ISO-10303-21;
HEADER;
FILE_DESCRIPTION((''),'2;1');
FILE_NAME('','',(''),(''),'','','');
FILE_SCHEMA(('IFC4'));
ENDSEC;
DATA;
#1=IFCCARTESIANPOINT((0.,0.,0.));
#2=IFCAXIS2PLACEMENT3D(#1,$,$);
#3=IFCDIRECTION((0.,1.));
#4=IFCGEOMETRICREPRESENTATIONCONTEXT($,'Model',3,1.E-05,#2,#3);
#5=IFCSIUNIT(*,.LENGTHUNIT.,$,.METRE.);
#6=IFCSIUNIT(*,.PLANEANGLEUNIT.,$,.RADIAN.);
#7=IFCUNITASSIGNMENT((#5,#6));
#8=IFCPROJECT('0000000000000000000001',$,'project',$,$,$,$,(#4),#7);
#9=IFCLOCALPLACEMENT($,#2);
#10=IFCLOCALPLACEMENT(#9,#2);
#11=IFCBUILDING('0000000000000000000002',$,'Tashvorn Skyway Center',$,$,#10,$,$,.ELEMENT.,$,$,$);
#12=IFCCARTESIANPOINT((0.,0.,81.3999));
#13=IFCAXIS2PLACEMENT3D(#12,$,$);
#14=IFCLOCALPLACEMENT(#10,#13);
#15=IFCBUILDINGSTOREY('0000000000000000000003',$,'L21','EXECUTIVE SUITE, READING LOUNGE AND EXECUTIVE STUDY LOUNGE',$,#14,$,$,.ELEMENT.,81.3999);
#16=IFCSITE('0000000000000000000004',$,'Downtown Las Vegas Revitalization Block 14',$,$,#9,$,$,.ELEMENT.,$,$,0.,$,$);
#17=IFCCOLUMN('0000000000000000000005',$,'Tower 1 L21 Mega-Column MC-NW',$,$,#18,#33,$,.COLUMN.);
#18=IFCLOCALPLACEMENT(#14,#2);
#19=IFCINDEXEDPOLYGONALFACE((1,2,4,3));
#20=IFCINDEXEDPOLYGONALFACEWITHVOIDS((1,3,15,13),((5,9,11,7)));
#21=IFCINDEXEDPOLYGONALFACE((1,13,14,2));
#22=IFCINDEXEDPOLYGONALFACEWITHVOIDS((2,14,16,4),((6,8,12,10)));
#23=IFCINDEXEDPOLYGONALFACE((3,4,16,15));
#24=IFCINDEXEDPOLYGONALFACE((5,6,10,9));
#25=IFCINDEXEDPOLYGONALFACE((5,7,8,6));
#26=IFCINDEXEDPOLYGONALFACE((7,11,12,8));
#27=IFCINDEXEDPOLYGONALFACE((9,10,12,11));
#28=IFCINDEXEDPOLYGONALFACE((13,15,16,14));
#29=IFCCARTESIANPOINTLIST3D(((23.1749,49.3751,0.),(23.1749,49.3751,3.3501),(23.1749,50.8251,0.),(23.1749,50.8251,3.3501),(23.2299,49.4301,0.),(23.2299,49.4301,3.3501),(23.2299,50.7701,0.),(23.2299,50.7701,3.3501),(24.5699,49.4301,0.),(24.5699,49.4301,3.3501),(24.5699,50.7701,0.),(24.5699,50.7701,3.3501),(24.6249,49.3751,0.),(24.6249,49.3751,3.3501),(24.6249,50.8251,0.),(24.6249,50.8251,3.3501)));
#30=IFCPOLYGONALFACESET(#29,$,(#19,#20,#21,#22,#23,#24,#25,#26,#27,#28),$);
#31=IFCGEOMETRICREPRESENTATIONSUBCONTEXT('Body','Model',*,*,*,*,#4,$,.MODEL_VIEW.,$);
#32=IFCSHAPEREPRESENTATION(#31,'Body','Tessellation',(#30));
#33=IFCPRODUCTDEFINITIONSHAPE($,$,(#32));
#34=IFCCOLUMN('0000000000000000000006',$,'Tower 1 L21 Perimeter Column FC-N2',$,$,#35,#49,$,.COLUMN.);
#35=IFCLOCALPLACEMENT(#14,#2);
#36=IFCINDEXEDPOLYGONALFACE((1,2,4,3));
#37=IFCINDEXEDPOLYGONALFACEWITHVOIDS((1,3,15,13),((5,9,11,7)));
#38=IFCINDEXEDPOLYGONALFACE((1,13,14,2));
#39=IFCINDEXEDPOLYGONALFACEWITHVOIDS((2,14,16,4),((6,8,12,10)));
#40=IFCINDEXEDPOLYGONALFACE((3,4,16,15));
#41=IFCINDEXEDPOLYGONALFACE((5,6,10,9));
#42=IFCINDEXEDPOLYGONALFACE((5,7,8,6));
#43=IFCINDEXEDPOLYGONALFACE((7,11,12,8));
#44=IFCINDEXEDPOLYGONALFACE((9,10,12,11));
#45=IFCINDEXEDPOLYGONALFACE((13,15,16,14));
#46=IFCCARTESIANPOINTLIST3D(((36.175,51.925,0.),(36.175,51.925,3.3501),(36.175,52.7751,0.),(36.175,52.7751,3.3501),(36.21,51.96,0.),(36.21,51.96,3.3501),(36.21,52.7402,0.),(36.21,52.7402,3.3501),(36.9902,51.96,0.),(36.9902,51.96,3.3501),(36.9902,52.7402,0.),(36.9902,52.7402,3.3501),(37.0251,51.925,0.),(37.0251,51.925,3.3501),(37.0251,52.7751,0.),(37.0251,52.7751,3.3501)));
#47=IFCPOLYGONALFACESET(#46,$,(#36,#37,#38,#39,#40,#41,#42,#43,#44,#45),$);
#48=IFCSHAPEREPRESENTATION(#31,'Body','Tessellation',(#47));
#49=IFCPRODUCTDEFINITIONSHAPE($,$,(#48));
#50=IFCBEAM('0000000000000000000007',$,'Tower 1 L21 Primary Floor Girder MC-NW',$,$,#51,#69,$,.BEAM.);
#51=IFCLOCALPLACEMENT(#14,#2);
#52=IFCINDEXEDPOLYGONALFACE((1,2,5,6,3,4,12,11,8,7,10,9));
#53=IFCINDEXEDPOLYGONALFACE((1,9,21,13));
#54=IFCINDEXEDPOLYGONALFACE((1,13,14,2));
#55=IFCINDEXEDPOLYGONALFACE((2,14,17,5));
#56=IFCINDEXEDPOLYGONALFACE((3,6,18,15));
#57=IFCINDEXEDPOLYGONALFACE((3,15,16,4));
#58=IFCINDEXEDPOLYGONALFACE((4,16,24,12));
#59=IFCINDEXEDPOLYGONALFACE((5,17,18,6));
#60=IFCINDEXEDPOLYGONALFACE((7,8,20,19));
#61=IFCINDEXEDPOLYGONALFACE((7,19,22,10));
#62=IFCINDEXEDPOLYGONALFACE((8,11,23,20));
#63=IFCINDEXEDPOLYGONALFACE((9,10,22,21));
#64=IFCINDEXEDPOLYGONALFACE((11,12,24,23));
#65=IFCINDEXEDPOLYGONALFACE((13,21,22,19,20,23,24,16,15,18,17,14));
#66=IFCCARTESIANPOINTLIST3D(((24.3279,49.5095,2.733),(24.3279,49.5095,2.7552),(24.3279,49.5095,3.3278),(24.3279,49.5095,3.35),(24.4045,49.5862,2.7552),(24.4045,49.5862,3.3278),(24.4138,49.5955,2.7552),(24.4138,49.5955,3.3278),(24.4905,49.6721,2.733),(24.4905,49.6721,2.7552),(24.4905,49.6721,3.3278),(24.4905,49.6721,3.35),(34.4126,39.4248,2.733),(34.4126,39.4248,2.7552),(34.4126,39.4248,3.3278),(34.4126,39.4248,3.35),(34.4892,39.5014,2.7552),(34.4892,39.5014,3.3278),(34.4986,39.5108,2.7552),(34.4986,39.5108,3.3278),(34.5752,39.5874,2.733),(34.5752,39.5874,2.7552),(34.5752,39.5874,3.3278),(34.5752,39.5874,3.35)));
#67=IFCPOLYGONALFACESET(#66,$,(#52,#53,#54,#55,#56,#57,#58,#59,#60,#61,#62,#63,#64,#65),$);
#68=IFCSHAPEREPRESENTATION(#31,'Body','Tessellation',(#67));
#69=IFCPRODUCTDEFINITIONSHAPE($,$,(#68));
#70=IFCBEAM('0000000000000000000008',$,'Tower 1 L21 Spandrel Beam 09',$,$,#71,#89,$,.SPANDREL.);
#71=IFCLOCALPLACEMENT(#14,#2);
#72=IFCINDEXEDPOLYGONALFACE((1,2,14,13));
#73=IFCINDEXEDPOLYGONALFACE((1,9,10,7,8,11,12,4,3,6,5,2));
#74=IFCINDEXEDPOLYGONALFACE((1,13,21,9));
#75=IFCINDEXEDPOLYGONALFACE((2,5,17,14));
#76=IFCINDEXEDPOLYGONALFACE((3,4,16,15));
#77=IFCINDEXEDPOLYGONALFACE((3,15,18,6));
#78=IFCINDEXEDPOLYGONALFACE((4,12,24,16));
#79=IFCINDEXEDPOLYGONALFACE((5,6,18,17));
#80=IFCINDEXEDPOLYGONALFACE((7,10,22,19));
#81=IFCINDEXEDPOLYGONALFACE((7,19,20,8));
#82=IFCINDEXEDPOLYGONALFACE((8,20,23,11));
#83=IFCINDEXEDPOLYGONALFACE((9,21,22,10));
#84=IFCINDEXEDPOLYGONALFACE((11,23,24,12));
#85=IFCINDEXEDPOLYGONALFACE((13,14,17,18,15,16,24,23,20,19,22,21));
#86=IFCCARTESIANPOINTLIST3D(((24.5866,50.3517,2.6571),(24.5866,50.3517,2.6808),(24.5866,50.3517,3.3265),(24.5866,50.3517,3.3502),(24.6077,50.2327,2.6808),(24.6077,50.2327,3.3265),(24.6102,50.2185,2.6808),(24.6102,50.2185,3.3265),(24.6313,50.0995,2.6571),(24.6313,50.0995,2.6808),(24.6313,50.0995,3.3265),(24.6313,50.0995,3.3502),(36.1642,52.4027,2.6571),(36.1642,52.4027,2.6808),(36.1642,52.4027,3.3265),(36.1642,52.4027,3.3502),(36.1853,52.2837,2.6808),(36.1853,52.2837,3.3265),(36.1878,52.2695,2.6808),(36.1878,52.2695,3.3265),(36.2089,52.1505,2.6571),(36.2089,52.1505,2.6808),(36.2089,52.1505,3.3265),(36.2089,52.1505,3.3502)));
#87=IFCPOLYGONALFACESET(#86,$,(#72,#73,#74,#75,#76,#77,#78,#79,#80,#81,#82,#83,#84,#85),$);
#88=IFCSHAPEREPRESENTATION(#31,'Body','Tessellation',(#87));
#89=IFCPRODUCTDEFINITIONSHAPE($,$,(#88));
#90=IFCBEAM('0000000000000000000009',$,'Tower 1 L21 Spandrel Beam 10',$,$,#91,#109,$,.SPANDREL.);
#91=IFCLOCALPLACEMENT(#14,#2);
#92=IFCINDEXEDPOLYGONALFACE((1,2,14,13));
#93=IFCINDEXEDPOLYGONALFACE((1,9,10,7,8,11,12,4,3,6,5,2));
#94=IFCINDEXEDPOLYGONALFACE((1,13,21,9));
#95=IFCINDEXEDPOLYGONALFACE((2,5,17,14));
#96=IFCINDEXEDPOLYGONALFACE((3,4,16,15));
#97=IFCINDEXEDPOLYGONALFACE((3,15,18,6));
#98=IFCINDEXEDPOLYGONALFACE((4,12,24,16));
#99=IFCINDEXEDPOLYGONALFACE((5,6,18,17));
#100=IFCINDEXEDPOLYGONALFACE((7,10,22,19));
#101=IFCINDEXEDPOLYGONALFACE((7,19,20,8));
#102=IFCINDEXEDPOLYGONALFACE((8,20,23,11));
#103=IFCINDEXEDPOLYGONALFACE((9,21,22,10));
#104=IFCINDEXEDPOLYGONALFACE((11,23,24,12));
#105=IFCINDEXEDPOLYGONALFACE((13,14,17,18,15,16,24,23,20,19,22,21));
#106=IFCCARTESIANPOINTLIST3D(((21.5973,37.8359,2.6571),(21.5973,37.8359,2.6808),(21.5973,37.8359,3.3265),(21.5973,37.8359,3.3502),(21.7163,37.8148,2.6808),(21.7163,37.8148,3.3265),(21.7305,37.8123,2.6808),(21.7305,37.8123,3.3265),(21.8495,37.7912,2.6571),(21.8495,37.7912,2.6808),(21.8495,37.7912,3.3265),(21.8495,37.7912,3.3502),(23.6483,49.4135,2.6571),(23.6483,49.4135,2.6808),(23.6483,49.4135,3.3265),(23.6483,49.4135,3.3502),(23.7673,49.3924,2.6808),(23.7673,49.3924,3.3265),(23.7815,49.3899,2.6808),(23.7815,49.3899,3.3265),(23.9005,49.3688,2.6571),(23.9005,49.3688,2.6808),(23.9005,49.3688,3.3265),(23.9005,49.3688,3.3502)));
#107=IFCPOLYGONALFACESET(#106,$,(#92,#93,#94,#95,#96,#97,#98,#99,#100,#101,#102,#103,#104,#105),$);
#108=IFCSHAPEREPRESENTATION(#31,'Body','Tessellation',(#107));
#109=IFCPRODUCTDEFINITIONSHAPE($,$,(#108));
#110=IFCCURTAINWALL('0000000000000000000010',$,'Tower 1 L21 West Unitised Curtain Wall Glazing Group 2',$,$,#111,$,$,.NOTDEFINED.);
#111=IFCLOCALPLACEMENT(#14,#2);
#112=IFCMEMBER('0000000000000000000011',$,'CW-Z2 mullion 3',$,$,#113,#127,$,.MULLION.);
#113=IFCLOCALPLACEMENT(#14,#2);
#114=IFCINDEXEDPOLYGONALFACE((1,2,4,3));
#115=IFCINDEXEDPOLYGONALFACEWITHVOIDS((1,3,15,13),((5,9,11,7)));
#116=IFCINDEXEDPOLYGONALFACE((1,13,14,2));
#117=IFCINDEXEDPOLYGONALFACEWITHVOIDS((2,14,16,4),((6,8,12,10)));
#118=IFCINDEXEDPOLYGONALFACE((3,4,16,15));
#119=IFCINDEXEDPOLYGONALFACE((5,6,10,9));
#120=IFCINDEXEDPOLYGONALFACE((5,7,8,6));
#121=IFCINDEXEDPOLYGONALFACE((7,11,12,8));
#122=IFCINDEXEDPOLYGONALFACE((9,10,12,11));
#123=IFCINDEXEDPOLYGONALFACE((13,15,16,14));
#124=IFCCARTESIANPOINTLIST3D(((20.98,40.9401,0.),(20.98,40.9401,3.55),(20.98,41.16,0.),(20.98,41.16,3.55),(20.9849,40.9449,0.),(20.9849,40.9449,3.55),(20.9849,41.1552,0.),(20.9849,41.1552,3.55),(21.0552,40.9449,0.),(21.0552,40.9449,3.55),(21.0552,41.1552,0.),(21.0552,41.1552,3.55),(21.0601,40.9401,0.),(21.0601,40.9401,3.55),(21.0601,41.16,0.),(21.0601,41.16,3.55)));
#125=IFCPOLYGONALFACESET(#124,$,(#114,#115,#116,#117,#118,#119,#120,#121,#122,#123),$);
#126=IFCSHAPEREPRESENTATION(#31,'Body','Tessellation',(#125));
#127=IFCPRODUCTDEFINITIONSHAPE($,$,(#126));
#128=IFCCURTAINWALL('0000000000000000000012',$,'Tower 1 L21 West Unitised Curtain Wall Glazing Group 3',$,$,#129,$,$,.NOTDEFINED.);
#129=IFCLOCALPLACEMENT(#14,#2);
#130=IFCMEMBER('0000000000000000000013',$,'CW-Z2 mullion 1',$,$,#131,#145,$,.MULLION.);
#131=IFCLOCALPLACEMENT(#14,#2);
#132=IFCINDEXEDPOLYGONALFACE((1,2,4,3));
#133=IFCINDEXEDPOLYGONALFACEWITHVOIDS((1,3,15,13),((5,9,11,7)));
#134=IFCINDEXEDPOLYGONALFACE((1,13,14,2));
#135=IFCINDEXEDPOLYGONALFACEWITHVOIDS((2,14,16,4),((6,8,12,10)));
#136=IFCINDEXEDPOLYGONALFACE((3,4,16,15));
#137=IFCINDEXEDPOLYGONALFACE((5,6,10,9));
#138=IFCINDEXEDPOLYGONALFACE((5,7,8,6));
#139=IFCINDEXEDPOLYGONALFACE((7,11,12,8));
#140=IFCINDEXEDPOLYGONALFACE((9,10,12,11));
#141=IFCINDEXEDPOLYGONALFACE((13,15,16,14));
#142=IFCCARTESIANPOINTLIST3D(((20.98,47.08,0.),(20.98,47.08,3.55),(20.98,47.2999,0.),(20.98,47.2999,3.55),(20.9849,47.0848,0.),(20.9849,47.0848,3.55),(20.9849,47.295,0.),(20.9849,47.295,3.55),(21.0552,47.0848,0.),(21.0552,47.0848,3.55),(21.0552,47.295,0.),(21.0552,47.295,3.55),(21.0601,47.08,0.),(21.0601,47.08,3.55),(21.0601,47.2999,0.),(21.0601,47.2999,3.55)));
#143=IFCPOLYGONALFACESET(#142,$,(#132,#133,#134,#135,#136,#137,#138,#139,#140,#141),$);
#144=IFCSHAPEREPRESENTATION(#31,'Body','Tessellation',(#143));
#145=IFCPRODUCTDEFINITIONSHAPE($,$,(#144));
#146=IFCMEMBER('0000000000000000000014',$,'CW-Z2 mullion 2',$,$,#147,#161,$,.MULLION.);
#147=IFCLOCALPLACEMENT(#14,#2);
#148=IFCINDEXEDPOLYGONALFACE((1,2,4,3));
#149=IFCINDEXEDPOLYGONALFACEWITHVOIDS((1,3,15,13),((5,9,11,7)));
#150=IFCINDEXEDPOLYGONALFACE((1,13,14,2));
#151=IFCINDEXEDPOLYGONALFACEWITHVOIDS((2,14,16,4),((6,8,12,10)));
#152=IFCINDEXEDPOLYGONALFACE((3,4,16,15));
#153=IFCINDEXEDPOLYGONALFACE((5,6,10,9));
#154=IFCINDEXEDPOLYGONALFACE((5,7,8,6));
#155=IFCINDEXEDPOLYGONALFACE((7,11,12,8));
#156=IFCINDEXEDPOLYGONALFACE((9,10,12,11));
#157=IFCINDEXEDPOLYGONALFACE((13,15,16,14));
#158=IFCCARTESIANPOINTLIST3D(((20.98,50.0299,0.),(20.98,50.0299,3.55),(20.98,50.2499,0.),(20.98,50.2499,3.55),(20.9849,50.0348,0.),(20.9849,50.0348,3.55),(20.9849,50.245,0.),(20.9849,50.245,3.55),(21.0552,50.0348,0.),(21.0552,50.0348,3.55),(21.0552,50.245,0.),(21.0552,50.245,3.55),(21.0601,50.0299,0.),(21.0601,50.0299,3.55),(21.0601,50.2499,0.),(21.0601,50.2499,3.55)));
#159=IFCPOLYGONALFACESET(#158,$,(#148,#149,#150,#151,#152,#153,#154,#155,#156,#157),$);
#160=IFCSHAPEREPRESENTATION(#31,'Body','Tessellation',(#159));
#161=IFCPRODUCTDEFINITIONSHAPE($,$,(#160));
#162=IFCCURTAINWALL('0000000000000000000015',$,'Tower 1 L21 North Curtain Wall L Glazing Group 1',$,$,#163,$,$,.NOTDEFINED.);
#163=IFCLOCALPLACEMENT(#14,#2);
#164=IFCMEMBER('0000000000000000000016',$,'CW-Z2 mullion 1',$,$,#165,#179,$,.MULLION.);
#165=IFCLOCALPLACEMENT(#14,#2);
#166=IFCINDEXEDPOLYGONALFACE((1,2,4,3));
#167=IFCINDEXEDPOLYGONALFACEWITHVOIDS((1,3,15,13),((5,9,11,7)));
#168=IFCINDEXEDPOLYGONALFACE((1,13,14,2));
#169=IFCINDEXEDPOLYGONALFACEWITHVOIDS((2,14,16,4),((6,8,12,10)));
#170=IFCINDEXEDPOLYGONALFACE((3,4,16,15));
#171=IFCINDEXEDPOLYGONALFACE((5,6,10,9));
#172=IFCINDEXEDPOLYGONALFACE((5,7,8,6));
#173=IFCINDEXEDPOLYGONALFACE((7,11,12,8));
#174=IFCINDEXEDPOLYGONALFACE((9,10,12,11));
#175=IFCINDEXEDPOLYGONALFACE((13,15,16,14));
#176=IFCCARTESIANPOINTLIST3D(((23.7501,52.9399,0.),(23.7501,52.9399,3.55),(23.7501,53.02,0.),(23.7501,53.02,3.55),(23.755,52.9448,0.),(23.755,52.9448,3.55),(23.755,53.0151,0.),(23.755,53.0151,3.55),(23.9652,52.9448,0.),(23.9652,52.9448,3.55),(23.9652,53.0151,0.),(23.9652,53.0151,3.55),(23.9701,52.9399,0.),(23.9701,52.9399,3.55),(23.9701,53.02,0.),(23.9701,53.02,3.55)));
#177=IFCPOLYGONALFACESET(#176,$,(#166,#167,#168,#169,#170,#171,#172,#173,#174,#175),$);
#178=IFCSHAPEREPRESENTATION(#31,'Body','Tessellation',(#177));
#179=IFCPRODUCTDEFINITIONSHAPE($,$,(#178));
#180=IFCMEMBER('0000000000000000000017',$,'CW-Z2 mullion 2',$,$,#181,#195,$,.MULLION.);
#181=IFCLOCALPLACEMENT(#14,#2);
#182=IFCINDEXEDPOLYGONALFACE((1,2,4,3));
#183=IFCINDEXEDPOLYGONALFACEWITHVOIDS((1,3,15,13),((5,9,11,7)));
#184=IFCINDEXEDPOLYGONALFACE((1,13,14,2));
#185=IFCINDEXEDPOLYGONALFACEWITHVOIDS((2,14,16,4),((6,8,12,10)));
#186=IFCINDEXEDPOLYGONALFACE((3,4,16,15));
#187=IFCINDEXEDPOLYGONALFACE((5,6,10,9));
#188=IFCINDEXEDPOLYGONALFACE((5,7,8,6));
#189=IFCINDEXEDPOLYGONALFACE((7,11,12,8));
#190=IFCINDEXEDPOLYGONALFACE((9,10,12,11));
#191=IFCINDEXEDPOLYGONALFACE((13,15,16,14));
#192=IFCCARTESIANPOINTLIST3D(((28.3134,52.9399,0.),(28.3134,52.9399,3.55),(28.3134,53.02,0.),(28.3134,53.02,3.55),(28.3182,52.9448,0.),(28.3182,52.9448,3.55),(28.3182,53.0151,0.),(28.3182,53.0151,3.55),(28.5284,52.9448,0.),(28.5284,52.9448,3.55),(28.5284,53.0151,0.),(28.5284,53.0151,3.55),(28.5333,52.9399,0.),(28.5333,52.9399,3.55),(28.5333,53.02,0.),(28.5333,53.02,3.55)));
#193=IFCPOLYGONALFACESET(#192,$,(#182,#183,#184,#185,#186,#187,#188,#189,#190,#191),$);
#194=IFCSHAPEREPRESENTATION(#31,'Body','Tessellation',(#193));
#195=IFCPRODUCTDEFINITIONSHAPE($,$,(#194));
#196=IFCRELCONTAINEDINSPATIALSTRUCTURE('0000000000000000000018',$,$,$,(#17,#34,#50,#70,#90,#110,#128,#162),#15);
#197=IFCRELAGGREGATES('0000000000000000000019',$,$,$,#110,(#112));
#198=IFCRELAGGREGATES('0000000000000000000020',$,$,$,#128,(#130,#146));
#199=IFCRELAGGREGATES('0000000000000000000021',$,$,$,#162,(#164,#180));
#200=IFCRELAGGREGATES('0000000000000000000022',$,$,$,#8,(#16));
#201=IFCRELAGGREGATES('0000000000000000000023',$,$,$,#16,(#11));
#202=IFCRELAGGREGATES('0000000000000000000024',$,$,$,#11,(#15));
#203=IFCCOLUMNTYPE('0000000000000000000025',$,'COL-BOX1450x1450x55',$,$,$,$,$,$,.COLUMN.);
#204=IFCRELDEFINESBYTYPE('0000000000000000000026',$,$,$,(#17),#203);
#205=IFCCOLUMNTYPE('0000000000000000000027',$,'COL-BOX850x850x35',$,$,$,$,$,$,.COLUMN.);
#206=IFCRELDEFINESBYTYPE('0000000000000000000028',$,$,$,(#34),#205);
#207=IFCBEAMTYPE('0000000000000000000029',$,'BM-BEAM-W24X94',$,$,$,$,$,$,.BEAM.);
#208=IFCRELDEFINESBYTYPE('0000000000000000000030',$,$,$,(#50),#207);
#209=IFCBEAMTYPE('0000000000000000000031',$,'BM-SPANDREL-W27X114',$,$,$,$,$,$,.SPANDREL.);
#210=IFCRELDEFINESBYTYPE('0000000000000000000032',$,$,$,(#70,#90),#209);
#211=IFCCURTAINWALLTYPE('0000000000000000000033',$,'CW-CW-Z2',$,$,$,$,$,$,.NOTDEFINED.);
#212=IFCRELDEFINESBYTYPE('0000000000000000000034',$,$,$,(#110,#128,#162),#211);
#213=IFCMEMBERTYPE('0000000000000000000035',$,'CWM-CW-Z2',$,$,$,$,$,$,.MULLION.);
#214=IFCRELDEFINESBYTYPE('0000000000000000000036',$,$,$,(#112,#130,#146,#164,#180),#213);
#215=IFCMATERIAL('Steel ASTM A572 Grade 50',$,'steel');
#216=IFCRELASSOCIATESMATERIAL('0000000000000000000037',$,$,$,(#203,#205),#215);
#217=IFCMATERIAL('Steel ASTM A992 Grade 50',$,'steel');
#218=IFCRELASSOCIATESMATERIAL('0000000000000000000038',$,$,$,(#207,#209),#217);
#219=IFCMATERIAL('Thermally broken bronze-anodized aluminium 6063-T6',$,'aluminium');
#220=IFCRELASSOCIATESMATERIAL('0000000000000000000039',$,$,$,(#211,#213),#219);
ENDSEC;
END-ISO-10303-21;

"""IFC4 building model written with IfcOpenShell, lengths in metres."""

from ifc_helpers import new_model, si_unit, direction, frame, origin, origin_2d, place, context, subcontext, project, spatial, hollow_rectangle, i_section, extrude, material, material_profile, profile_set, type_object, element, aggregate, save


model = new_model("IFC4")

# Units and contexts
model_context = context("Model", 3, precision=1e-05, world=origin(), true_north=direction((0.0, 1.0)))
body_context = subcontext(model_context, "Body", "Model", "MODEL_VIEW")
ifc_project = project(units=[si_unit("LENGTHUNIT", "METRE"), si_unit("PLANEANGLEUNIT", "RADIAN")], contexts=[model_context])

# Site, building, storey
site_placement = place(None, origin())
site = spatial("IfcSite", under=ifc_project, at=site_placement, Name="Downtown Las Vegas Revitalization Block 14", CompositionType="ELEMENT", RefElevation=0.0)
building_placement = place(site_placement, origin())
building = spatial("IfcBuilding", under=site, at=building_placement, Name="Tashvorn Skyway Center", CompositionType="ELEMENT")
storey_placement = place(building_placement, frame((0.0, 0.0, 81.3999)))
storey = spatial("IfcBuildingStorey", under=building, at=storey_placement, Name="L21", Description="EXECUTIVE SUITE, READING LOUNGE AND EXECUTIVE STUDY LOUNGE", CompositionType="ELEMENT", Elevation=81.3999)

# Columns
ifc_material_1 = material(Name="Steel ASTM A572 Grade 50", Category="steel")
ifc_material_profile_1 = material_profile(ifc_material_1, hollow_rectangle(XDim=1.45, YDim=1.45, WallThickness=0.0549, at=origin_2d()), Name="BOX1450x1450x55")
ifc_profile_set_1 = profile_set([ifc_material_profile_1], Name="Steel ASTM A572 Grade 50")
column_type_1 = type_object("IfcColumnType", Name="COL-BOX1450x1450x55", PredefinedType="COLUMN", material=ifc_profile_set_1)
column_1_placement = place(storey_placement, frame((23.8999, 50.1001, 0.0), z_axis=(0.0, 0.0, 1.0), x_axis=(1.0, 0.0, 0.0)))
element("IfcColumn", 1, at=column_1_placement, inside=storey, type_object=column_type_1, Name="Tower 1 L21 Mega-Column MC-NW", PredefinedType="COLUMN", context=body_context, shape_type="SweptSolid", body=[
    extrude(hollow_rectangle(XDim=1.45, YDim=1.45, WallThickness=0.0549, at=origin_2d()), origin(), (0.0, 0.0, 1.0), 3.3501),
])
ifc_material_profile_2 = material_profile(ifc_material_1, hollow_rectangle(XDim=0.8501, YDim=0.8501, WallThickness=0.0349, at=origin_2d()), Name="BOX850x850x35")
ifc_profile_set_2 = profile_set([ifc_material_profile_2], Name="Steel ASTM A572 Grade 50")
column_type_2 = type_object("IfcColumnType", Name="COL-BOX850x850x35", PredefinedType="COLUMN", material=ifc_profile_set_2)
column_2_placement = place(storey_placement, frame((36.6001, 52.3501, 0.0), z_axis=(0.0, 0.0, 1.0), x_axis=(1.0, 0.0, 0.0)))
element("IfcColumn", 2, at=column_2_placement, inside=storey, type_object=column_type_2, Name="Tower 1 L21 Perimeter Column FC-N2", PredefinedType="COLUMN", context=body_context, shape_type="SweptSolid", body=[
    extrude(hollow_rectangle(XDim=0.8501, YDim=0.8501, WallThickness=0.0349, at=origin_2d()), origin(), (0.0, 0.0, 1.0), 3.3501),
])

# Beams
ifc_material_2 = material(Name="Steel ASTM A992 Grade 50", Category="steel")
ifc_material_profile_3 = material_profile(ifc_material_2, i_section(OverallWidth=0.23, OverallDepth=0.6169, WebThickness=0.0132, FlangeThickness=0.0222, at=origin_2d()), Name="W24X94")
ifc_profile_set_3 = profile_set([ifc_material_profile_3], Name="Steel ASTM A992 Grade 50")
beam_type_1 = type_object("IfcBeamType", Name="BM-BEAM-W24X94", PredefinedType="BEAM", material=ifc_profile_set_3)
beam_placement = place(storey_placement, frame((24.4092, 49.5908, 3.0415), z_axis=(0.707107, -0.707107, 0.0), x_axis=(0.707107, 0.707107, 0.0)))
element("IfcBeam", 3, at=beam_placement, inside=storey, type_object=beam_type_1, Name="Tower 1 L21 Primary Floor Girder MC-NW", PredefinedType="BEAM", context=body_context, shape_type="SweptSolid", body=[
    extrude(i_section(OverallWidth=0.23, OverallDepth=0.6169, WebThickness=0.0132, FlangeThickness=0.0222, at=origin_2d()), origin(), (0.0, 0.0, 1.0), 14.262),
])
ifc_material_profile_4 = material_profile(ifc_material_2, i_section(OverallWidth=0.2561, OverallDepth=0.6931, WebThickness=0.0144, FlangeThickness=0.0237, at=origin_2d()), Name="W27X114")
ifc_profile_set_4 = profile_set([ifc_material_profile_4], Name="Steel ASTM A992 Grade 50")
beam_type_2 = type_object("IfcBeamType", Name="BM-SPANDREL-W27X114", PredefinedType="SPANDREL", material=ifc_profile_set_4)
for number, where, z_axis, x_axis, name in (
    (4, (36.1865, 52.2766, 3.0037), (-0.984668, -0.174438, 0.0), (0.174438, -0.984668, 0.0), "Tower 1 L21 Spandrel Beam 09"),
    (5, (23.7744, 49.3911, 3.0037), (-0.174438, -0.984668, 0.0), (0.984668, -0.174438, 0.0), "Tower 1 L21 Spandrel Beam 10"),
):
    element("IfcBeam", number, at=place(storey_placement, frame(where, z_axis=z_axis, x_axis=x_axis)), inside=storey, type_object=beam_type_2, Name=name, PredefinedType="SPANDREL", context=body_context, shape_type="SweptSolid", body=[
        extrude(i_section(OverallWidth=0.2561, OverallDepth=0.6931, WebThickness=0.0144, FlangeThickness=0.0237, at=origin_2d()), origin(), (0.0, 0.0, 1.0), 11.7578),
    ])

# Curtain wall, member
ifc_material_3 = material(Name="Thermally broken bronze-anodized aluminium 6063-T6", Category="aluminium")
curtain_wall_type = type_object("IfcCurtainWallType", Name="CW-CW-Z2", PredefinedType="NOTDEFINED", material=ifc_material_3)
curtain_wall_1_placement = place(storey_placement, origin())
curtain_wall_1 = element("IfcCurtainWall", 6, at=curtain_wall_1_placement, inside=storey, type_object=curtain_wall_type, Name="Tower 1 L21 West Unitised Curtain Wall Glazing Group 2", PredefinedType="NOTDEFINED")
ifc_material_profile_5 = material_profile(ifc_material_3, hollow_rectangle(XDim=0.0801, YDim=0.22, WallThickness=0.0049, at=origin_2d()), Name="ALU-MULL-80x220")
ifc_profile_set_5 = profile_set([ifc_material_profile_5], Name="Thermally broken bronze-anodized aluminium 6063-T6")
member_type_1 = type_object("IfcMemberType", Name="CWM-CW-Z2", PredefinedType="MULLION", material=ifc_profile_set_5)
member_1_placement = place(storey_placement, frame((21.02, 41.05, 0.0), z_axis=(0.0, 0.0, 1.0), x_axis=(-1.0, 0.0, 0.0)))
member_1 = element("IfcMember", 7, at=member_1_placement, type_object=member_type_1, Name="CW-Z2 mullion 3", PredefinedType="MULLION", context=body_context, shape_type="SweptSolid", body=[
    extrude(hollow_rectangle(XDim=0.0801, YDim=0.22, WallThickness=0.0049, at=origin_2d()), origin(), (0.0, 0.0, 1.0), 3.55),
])
aggregate(curtain_wall_1, [member_1])

# Curtain walls, members
curtain_wall_2_placement = place(storey_placement, origin())
curtain_wall_2 = element("IfcCurtainWall", 8, at=curtain_wall_2_placement, inside=storey, type_object=curtain_wall_type, Name="Tower 1 L21 West Unitised Curtain Wall Glazing Group 3", PredefinedType="NOTDEFINED")
member_2_placement = place(storey_placement, frame((21.02, 47.1899, 0.0), z_axis=(0.0, 0.0, 1.0), x_axis=(-1.0, 0.0, 0.0)))
member_2 = element("IfcMember", 9, at=member_2_placement, type_object=member_type_1, Name="CW-Z2 mullion 1", PredefinedType="MULLION", context=body_context, shape_type="SweptSolid", body=[
    extrude(hollow_rectangle(XDim=0.0801, YDim=0.22, WallThickness=0.0049, at=origin_2d()), origin(), (0.0, 0.0, 1.0), 3.55),
])
member_3_placement = place(storey_placement, frame((21.02, 50.1399, 0.0), z_axis=(0.0, 0.0, 1.0), x_axis=(-1.0, 0.0, 0.0)))
member_3 = element("IfcMember", 10, at=member_3_placement, type_object=member_type_1, Name="CW-Z2 mullion 2", PredefinedType="MULLION", context=body_context, shape_type="SweptSolid", body=[
    extrude(hollow_rectangle(XDim=0.0801, YDim=0.22, WallThickness=0.0049, at=origin_2d()), origin(), (0.0, 0.0, 1.0), 3.55),
])
curtain_wall_3_placement = place(storey_placement, origin())
curtain_wall_3 = element("IfcCurtainWall", 11, at=curtain_wall_3_placement, inside=storey, type_object=curtain_wall_type, Name="Tower 1 L21 North Curtain Wall L Glazing Group 1", PredefinedType="NOTDEFINED")
member_4_placement = place(storey_placement, frame((23.8601, 52.98, 0.0), z_axis=(0.0, 0.0, 1.0), x_axis=(0.0, 1.0, 0.0)))
member_4 = element("IfcMember", 12, at=member_4_placement, type_object=member_type_1, Name="CW-Z2 mullion 1", PredefinedType="MULLION", context=body_context, shape_type="SweptSolid", body=[
    extrude(hollow_rectangle(XDim=0.0801, YDim=0.22, WallThickness=0.0049, at=origin_2d()), origin(), (0.0, 0.0, 1.0), 3.55),
])
member_5_placement = place(storey_placement, frame((28.4233, 52.98, 0.0), z_axis=(0.0, 0.0, 1.0), x_axis=(0.0, 1.0, 0.0)))
member_5 = element("IfcMember", 13, at=member_5_placement, type_object=member_type_1, Name="CW-Z2 mullion 2", PredefinedType="MULLION", context=body_context, shape_type="SweptSolid", body=[
    extrude(hollow_rectangle(XDim=0.0801, YDim=0.22, WallThickness=0.0049, at=origin_2d()), origin(), (0.0, 0.0, 1.0), 3.55),
])

aggregate(curtain_wall_2, [member_2, member_3])
aggregate(curtain_wall_3, [member_4, member_5])

save(model, "model.ifc")
